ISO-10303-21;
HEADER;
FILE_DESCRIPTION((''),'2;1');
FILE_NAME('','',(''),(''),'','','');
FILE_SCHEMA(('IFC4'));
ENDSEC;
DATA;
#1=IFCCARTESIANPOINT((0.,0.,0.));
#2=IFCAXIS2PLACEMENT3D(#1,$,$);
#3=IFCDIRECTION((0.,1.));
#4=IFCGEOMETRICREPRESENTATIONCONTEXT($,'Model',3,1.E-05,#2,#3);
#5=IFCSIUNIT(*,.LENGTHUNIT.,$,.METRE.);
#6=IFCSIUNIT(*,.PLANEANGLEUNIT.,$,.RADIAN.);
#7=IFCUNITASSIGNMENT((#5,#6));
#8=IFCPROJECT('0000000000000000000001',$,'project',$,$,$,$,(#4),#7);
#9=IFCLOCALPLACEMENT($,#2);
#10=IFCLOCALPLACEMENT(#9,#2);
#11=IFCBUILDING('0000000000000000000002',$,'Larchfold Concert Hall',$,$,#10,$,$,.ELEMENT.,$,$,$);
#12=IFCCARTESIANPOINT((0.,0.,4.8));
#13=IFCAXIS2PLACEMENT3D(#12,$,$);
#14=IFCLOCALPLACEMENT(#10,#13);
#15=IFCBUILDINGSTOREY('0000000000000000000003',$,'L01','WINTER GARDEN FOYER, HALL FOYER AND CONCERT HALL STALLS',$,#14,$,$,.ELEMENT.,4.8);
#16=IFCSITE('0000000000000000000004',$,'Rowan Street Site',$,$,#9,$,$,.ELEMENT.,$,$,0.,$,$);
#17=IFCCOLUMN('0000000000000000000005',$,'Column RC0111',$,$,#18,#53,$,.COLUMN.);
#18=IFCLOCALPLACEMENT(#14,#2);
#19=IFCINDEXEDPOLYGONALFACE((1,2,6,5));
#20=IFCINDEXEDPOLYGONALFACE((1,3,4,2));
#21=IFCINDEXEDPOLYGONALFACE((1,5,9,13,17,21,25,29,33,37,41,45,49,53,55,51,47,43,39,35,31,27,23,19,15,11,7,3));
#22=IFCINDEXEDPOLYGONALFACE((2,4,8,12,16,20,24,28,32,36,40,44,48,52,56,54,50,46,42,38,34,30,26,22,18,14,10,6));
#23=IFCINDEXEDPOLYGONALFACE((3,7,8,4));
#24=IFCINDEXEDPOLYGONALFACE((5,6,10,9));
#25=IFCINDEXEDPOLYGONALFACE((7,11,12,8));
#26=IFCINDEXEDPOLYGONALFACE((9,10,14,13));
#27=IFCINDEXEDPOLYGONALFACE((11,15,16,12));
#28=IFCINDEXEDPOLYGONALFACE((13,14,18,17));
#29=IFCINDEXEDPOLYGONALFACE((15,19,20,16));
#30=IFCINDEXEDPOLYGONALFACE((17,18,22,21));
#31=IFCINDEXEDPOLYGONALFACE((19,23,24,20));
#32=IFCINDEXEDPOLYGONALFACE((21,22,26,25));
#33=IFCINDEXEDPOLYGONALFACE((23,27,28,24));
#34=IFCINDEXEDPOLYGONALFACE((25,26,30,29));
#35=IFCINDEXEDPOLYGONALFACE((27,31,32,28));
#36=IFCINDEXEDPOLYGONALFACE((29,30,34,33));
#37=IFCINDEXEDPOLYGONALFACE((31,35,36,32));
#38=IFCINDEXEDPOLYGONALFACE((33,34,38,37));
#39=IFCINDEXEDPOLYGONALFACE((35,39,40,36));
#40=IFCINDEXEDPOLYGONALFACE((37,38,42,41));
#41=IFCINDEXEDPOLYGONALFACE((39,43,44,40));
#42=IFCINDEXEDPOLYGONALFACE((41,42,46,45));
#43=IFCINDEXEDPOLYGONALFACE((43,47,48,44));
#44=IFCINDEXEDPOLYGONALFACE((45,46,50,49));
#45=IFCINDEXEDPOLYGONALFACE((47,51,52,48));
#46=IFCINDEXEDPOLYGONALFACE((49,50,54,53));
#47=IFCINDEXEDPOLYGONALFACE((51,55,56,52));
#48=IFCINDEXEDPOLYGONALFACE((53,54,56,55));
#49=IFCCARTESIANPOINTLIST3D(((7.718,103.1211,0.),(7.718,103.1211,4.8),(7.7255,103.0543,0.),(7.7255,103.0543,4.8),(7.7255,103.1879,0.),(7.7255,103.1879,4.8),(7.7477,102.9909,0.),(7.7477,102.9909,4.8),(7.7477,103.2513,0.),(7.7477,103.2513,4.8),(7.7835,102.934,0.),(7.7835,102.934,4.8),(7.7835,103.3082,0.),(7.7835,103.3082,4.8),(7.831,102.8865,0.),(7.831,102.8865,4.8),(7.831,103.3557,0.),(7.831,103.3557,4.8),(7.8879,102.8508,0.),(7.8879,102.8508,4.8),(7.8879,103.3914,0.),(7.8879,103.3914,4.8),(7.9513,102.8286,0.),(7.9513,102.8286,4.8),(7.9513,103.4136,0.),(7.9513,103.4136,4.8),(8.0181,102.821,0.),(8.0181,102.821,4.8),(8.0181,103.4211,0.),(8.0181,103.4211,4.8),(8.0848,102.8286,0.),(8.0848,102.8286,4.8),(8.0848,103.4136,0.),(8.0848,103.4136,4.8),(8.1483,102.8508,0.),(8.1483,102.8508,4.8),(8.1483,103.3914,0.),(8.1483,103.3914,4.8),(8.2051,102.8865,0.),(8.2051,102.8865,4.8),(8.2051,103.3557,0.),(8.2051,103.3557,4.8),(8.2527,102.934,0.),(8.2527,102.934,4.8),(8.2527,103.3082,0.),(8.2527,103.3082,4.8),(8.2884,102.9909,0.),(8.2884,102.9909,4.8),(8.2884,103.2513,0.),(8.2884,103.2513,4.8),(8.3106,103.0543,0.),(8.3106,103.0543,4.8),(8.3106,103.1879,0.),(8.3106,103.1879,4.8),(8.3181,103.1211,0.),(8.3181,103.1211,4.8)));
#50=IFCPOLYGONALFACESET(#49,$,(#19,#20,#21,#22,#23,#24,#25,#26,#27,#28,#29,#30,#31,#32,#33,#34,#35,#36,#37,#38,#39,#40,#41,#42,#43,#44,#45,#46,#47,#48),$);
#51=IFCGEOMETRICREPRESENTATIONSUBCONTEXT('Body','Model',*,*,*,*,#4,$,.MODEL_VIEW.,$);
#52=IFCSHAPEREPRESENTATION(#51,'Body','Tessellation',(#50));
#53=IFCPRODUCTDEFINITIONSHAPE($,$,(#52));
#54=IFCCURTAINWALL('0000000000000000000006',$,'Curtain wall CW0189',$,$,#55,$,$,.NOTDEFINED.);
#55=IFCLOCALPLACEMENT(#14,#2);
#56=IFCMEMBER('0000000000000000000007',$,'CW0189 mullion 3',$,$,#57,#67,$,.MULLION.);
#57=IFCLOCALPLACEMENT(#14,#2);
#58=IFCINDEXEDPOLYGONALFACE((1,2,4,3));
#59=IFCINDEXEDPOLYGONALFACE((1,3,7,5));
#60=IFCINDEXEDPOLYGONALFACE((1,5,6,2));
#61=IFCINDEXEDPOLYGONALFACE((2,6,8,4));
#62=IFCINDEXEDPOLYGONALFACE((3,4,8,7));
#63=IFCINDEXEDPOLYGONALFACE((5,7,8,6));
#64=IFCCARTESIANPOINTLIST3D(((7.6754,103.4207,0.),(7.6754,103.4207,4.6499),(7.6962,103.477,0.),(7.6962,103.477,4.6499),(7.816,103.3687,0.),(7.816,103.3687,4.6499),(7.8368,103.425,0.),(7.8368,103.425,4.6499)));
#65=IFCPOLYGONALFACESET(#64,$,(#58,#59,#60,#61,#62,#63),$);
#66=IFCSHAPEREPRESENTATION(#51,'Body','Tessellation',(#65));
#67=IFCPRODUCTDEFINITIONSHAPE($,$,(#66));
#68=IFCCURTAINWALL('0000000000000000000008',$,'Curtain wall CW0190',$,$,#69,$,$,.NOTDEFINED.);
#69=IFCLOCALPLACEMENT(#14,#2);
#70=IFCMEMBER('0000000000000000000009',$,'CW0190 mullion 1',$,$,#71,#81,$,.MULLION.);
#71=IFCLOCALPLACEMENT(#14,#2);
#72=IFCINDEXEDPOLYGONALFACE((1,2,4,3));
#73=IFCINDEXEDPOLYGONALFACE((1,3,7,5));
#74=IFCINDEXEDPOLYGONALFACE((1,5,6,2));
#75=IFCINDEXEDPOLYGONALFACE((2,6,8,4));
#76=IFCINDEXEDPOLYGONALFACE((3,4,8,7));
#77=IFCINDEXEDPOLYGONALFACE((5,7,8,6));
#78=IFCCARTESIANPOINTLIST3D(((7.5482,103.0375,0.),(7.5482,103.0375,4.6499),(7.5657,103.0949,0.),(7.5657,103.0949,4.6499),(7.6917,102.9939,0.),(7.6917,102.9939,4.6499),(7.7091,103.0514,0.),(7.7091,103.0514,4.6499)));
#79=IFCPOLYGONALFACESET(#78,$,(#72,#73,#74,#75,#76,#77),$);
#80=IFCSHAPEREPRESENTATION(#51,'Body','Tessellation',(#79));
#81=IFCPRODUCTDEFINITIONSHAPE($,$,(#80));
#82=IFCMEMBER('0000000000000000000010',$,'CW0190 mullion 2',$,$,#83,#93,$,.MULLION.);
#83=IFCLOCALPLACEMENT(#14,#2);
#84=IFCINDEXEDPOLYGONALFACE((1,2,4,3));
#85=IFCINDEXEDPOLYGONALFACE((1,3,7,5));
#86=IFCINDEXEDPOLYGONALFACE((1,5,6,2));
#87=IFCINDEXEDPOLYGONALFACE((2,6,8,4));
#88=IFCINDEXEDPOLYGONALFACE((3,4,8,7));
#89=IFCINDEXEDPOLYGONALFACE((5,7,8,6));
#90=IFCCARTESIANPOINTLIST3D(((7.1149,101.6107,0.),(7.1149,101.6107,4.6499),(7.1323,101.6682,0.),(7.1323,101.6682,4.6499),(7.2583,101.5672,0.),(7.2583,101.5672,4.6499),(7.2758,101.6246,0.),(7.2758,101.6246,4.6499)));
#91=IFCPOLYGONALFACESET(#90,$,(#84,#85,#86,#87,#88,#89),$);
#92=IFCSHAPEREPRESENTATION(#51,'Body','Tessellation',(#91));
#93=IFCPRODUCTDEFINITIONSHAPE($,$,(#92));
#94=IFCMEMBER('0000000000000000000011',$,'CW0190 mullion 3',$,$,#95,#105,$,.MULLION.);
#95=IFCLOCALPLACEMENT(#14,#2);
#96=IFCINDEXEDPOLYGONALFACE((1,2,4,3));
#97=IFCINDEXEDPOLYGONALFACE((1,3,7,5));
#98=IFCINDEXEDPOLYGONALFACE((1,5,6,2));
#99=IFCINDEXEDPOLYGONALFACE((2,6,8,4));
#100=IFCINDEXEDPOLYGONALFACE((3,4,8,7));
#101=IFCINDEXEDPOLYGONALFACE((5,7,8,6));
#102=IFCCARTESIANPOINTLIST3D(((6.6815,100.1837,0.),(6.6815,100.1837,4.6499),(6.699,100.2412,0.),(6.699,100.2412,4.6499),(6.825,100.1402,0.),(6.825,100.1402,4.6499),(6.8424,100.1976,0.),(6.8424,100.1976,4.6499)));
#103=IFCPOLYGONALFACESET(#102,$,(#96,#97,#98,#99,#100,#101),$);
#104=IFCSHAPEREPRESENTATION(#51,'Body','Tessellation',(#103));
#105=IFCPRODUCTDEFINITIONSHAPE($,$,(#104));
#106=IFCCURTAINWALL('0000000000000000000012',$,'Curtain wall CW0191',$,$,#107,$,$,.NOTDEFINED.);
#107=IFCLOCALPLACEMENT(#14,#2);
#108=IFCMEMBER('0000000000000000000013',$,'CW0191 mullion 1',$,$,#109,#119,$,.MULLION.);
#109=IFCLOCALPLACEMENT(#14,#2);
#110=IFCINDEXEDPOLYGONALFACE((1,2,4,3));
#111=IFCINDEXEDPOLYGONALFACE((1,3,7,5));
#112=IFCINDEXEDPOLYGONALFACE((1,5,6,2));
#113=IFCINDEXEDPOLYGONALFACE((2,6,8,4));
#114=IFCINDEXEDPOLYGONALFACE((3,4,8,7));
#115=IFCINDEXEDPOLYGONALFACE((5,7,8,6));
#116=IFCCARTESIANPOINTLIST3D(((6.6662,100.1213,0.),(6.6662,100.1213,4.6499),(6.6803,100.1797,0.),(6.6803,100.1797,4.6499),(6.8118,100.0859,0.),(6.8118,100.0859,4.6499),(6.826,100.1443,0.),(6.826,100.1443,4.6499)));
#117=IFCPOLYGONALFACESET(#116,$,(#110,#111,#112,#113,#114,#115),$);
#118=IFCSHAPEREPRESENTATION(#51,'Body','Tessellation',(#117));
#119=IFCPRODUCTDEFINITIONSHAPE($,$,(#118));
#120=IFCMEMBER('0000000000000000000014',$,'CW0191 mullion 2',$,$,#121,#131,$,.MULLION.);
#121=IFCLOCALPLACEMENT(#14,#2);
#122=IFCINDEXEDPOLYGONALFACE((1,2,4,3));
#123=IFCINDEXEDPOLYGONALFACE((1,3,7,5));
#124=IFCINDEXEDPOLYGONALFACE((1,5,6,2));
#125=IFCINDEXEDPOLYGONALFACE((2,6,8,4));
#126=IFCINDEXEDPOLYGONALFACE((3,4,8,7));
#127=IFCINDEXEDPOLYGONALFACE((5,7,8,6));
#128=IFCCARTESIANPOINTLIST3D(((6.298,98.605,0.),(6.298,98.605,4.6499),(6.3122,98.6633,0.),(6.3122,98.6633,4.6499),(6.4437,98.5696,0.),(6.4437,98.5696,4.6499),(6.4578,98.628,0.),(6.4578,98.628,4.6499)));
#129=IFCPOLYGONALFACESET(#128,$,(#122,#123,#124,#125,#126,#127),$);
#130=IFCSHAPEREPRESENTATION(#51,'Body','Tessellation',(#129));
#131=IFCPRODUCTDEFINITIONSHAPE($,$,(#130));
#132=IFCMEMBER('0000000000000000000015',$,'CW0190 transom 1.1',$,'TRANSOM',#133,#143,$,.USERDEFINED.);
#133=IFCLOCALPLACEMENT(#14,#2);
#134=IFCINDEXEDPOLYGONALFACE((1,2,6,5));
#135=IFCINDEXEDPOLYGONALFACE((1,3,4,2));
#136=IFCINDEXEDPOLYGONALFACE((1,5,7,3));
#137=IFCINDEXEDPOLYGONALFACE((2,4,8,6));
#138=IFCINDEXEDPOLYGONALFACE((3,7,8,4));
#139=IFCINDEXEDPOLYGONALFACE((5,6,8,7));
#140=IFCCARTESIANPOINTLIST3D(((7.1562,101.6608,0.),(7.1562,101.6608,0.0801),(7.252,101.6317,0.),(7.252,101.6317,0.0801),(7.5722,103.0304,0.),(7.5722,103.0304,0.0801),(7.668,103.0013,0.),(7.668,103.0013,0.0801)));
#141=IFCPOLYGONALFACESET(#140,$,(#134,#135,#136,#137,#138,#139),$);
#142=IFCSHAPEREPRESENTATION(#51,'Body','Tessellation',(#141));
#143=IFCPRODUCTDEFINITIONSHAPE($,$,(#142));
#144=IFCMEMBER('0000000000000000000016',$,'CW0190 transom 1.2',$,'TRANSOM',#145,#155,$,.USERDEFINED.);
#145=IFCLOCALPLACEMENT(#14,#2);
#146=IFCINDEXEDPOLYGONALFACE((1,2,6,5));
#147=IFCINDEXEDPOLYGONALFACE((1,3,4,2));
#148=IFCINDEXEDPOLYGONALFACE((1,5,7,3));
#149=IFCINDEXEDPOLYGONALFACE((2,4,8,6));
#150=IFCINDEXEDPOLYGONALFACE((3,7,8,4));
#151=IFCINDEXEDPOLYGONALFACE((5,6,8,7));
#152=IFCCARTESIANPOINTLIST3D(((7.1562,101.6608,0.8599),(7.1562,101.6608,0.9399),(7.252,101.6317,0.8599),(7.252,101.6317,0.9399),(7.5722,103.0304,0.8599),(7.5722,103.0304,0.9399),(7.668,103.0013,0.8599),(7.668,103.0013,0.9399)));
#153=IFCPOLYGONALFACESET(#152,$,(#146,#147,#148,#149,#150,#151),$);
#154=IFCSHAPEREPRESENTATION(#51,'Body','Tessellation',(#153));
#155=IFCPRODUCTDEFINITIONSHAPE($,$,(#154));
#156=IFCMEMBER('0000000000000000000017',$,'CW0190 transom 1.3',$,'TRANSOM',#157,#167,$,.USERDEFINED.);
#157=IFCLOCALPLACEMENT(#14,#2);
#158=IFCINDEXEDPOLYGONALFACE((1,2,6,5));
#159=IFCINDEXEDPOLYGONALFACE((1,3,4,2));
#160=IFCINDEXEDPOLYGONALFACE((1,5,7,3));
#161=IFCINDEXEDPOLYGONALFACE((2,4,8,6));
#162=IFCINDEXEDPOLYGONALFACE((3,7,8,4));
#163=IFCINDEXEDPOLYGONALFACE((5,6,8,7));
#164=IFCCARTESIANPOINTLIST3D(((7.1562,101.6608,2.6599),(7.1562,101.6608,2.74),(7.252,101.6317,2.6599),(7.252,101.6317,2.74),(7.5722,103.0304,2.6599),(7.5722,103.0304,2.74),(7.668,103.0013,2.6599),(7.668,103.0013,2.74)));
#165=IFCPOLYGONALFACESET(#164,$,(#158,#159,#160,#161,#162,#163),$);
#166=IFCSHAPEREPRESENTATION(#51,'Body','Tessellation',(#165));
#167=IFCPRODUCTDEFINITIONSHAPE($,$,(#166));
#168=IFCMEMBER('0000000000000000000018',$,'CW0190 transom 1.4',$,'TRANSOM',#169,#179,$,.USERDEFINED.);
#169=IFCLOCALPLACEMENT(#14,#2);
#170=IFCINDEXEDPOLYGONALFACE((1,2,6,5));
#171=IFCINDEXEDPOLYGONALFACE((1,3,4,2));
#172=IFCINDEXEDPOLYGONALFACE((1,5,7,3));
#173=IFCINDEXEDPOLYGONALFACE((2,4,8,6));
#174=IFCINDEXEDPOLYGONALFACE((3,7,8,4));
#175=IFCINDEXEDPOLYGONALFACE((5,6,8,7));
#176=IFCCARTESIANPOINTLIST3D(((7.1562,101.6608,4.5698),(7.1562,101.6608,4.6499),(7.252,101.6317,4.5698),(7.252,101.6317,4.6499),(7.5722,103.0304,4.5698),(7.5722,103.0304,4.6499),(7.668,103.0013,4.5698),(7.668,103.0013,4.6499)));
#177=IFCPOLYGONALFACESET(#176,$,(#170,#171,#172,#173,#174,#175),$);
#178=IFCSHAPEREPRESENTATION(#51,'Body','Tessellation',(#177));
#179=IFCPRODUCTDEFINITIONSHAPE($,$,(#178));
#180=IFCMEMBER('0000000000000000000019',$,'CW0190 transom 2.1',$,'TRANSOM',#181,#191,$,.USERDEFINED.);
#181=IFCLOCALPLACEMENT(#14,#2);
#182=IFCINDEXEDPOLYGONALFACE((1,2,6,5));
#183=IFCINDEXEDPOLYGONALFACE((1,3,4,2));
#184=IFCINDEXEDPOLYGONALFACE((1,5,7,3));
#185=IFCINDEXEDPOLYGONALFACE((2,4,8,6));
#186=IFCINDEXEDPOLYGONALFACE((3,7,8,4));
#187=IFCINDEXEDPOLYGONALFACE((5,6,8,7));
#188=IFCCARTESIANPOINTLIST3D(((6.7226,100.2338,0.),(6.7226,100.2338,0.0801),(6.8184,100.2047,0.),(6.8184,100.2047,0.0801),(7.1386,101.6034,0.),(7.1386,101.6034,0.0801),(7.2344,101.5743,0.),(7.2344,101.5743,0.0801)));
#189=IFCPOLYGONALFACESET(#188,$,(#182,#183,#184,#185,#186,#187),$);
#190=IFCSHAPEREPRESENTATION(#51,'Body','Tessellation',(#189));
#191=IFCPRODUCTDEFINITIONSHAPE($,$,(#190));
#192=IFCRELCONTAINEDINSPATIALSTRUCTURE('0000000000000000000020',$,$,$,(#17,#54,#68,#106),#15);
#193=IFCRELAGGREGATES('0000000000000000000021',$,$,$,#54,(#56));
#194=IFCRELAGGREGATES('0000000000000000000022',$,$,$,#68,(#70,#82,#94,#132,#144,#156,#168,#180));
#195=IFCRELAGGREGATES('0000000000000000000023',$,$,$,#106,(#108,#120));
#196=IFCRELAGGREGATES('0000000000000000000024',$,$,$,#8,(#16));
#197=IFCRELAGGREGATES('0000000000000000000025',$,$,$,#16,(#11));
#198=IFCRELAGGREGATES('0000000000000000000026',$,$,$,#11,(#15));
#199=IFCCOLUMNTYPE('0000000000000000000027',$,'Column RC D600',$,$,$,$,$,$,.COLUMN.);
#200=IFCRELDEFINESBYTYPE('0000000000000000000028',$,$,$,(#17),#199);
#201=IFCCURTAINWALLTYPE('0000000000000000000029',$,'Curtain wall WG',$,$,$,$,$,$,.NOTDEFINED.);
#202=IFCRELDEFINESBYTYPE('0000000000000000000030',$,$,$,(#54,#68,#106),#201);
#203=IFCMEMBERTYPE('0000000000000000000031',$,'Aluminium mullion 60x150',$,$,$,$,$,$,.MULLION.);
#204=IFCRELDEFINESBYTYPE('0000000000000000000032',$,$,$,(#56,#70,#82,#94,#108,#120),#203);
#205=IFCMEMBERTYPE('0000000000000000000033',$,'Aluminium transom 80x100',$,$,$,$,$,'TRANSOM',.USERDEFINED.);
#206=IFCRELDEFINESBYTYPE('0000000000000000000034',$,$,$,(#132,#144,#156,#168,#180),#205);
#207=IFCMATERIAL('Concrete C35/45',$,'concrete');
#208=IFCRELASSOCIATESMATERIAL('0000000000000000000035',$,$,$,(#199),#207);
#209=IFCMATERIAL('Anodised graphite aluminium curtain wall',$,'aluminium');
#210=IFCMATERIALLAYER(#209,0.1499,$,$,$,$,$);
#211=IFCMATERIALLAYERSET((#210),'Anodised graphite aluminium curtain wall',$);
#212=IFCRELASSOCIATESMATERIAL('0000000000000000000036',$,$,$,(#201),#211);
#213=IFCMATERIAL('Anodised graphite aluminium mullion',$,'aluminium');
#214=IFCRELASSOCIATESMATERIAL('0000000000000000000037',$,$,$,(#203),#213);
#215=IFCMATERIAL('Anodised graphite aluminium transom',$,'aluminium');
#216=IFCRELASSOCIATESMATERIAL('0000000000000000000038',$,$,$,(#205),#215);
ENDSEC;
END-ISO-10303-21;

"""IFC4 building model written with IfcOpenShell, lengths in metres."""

from ifc_helpers import new_model, si_unit, direction, frame, origin, origin_2d, place, context, subcontext, project, spatial, rectangle, circle, extrude, material, layer, layer_set, material_profile, profile_set, type_object, element, aggregate, save


model = new_model("IFC4")

# Units and contexts
model_context = context("Model", 3, precision=1e-05, world=origin(), true_north=direction((0.0, 1.0)))
body_context = subcontext(model_context, "Body", "Model", "MODEL_VIEW")
ifc_project = project(units=[si_unit("LENGTHUNIT", "METRE"), si_unit("PLANEANGLEUNIT", "RADIAN")], contexts=[model_context])

# Site, building, storey
site_placement = place(None, origin())
site = spatial("IfcSite", under=ifc_project, at=site_placement, Name="Rowan Street Site", CompositionType="ELEMENT", RefElevation=0.0)
building_placement = place(site_placement, origin())
building = spatial("IfcBuilding", under=site, at=building_placement, Name="Larchfold Concert Hall", CompositionType="ELEMENT")
storey_placement = place(building_placement, frame((0.0, 0.0, 4.8)))
storey = spatial("IfcBuildingStorey", under=building, at=storey_placement, Name="L01", Description="WINTER GARDEN FOYER, HALL FOYER AND CONCERT HALL STALLS", CompositionType="ELEMENT", Elevation=4.8)

# Column
ifc_material_1 = material(Name="Concrete C35/45", Category="concrete")
ifc_material_profile_1 = material_profile(ifc_material_1, circle(Radius=0.3, at=origin_2d()))
ifc_profile_set_1 = profile_set([ifc_material_profile_1], Name="Concrete C35/45")
column_type = type_object("IfcColumnType", Name="Column RC D600", PredefinedType="COLUMN", material=ifc_profile_set_1)
column_placement = place(storey_placement, frame((8.0181, 103.1211, 0.0), z_axis=(0.0, 0.0, 1.0), x_axis=(1.0, 0.0, 0.0)))
element("IfcColumn", 1, at=column_placement, inside=storey, type_object=column_type, Name="Column RC0111", PredefinedType="COLUMN", context=body_context, shape_type="SweptSolid", body=[
    extrude(circle(Radius=0.3, at=origin_2d()), origin(), (0.0, 0.0, 1.0), 4.8),
])

# Curtain wall, member
ifc_material_2 = material(Name="Anodised graphite aluminium curtain wall", Category="aluminium")
ifc_layer_1 = layer(ifc_material_2, 0.1499)
ifc_layer_set_1 = layer_set([ifc_layer_1], Name="Anodised graphite aluminium curtain wall")
curtain_wall_type = type_object("IfcCurtainWallType", Name="Curtain wall WG", PredefinedType="NOTDEFINED", material=ifc_layer_set_1)
curtain_wall_1_placement = place(storey_placement, origin())
curtain_wall_1 = element("IfcCurtainWall", 2, at=curtain_wall_1_placement, inside=storey, type_object=curtain_wall_type, Name="Curtain wall CW0189", PredefinedType="NOTDEFINED")
ifc_material_3 = material(Name="Anodised graphite aluminium mullion", Category="aluminium")
ifc_material_profile_2 = material_profile(ifc_material_3, rectangle(XDim=0.1499, YDim=0.0601, at=origin_2d()))
ifc_profile_set_2 = profile_set([ifc_material_profile_2], Name="Anodised graphite aluminium mullion")
member_type_1 = type_object("IfcMemberType", Name="Aluminium mullion 60x150", PredefinedType="MULLION", material=ifc_profile_set_2)
member_1_placement = place(storey_placement, frame((7.7561, 103.4229, 0.0), z_axis=(0.0, 0.0, 1.0), x_axis=(0.938016, -0.346592, 0.0)))
member_1 = element("IfcMember", 3, at=member_1_placement, type_object=member_type_1, Name="CW0189 mullion 3", PredefinedType="MULLION", context=body_context, shape_type="SweptSolid", body=[
    extrude(rectangle(XDim=0.1499, YDim=0.0601, at=origin_2d()), origin(), (0.0, 0.0, 1.0), 4.6499),
])
aggregate(curtain_wall_1, [member_1])

# Curtain walls, members
curtain_wall_2_placement = place(storey_placement, origin())
curtain_wall_2 = element("IfcCurtainWall", 4, at=curtain_wall_2_placement, inside=storey, type_object=curtain_wall_type, Name="Curtain wall CW0190", PredefinedType="NOTDEFINED")
member_2_placement = place(storey_placement, frame((7.6287, 103.0444, 0.0), z_axis=(0.0, 0.0, 1.0), x_axis=(0.956838, -0.290622, 0.0)))
member_2 = element("IfcMember", 5, at=member_2_placement, type_object=member_type_1, Name="CW0190 mullion 1", PredefinedType="MULLION", context=body_context, shape_type="SweptSolid", body=[
    extrude(rectangle(XDim=0.1499, YDim=0.0601, at=origin_2d()), origin(), (0.0, 0.0, 1.0), 4.6499),
])
member_3_placement = place(storey_placement, frame((7.1953, 101.6177, 0.0), z_axis=(0.0, 0.0, 1.0), x_axis=(0.956838, -0.290622, 0.0)))
member_3 = element("IfcMember", 6, at=member_3_placement, type_object=member_type_1, Name="CW0190 mullion 2", PredefinedType="MULLION", context=body_context, shape_type="SweptSolid", body=[
    extrude(rectangle(XDim=0.1499, YDim=0.0601, at=origin_2d()), origin(), (0.0, 0.0, 1.0), 4.6499),
])
member_4_placement = place(storey_placement, frame((6.762, 100.1907, 0.0), z_axis=(0.0, 0.0, 1.0), x_axis=(0.956838, -0.290622, 0.0)))
member_4 = element("IfcMember", 7, at=member_4_placement, type_object=member_type_1, Name="CW0190 mullion 3", PredefinedType="MULLION", context=body_context, shape_type="SweptSolid", body=[
    extrude(rectangle(XDim=0.1499, YDim=0.0601, at=origin_2d()), origin(), (0.0, 0.0, 1.0), 4.6499),
])
curtain_wall_3_placement = place(storey_placement, origin())
curtain_wall_3 = element("IfcCurtainWall", 8, at=curtain_wall_3_placement, inside=storey, type_object=curtain_wall_type, Name="Curtain wall CW0191", PredefinedType="NOTDEFINED")
member_5_placement = place(storey_placement, frame((6.7461, 100.1328, 0.0), z_axis=(0.0, 0.0, 1.0), x_axis=(0.971768, -0.235938, 0.0)))
member_5 = element("IfcMember", 9, at=member_5_placement, type_object=member_type_1, Name="CW0191 mullion 1", PredefinedType="MULLION", context=body_context, shape_type="SweptSolid", body=[
    extrude(rectangle(XDim=0.1499, YDim=0.0601, at=origin_2d()), origin(), (0.0, 0.0, 1.0), 4.6499),
])
member_6_placement = place(storey_placement, frame((6.3779, 98.6165, 0.0), z_axis=(0.0, 0.0, 1.0), x_axis=(0.971768, -0.235938, 0.0)))
member_6 = element("IfcMember", 10, at=member_6_placement, type_object=member_type_1, Name="CW0191 mullion 2", PredefinedType="MULLION", context=body_context, shape_type="SweptSolid", body=[
    extrude(rectangle(XDim=0.1499, YDim=0.0601, at=origin_2d()), origin(), (0.0, 0.0, 1.0), 4.6499),
])

# Members
ifc_material_4 = material(Name="Anodised graphite aluminium transom", Category="aluminium")
ifc_material_profile_3 = material_profile(ifc_material_4, rectangle(XDim=0.1001, YDim=0.0801, at=origin_2d()))
ifc_profile_set_3 = profile_set([ifc_material_profile_3], Name="Anodised graphite aluminium transom")
member_type_2 = type_object("IfcMemberType", Name="Aluminium transom 80x100", ElementType="TRANSOM", PredefinedType="USERDEFINED", material=ifc_profile_set_3)
member_7_placement = place(storey_placement, frame((7.6201, 103.0159, 0.04), z_axis=(-0.290632, -0.956835, 0.0), x_axis=(0.956835, -0.290632, 0.0)))
member_7 = element("IfcMember", 11, at=member_7_placement, type_object=member_type_2, Name="CW0190 transom 1.1", ObjectType="TRANSOM", PredefinedType="USERDEFINED", context=body_context, shape_type="SweptSolid", body=[
    extrude(rectangle(XDim=0.1001, YDim=0.0801, at=origin_2d()), origin(), (0.0, 0.0, 1.0), 1.4314),
])
member_8_placement = place(storey_placement, frame((7.6201, 103.0159, 0.8999), z_axis=(-0.290632, -0.956835, 0.0), x_axis=(0.956835, -0.290632, 0.0)))
member_8 = element("IfcMember", 12, at=member_8_placement, type_object=member_type_2, Name="CW0190 transom 1.2", ObjectType="TRANSOM", PredefinedType="USERDEFINED", context=body_context, shape_type="SweptSolid", body=[
    extrude(rectangle(XDim=0.1001, YDim=0.0801, at=origin_2d()), origin(), (0.0, 0.0, 1.0), 1.4314),
])
member_9_placement = place(storey_placement, frame((7.6201, 103.0159, 2.7), z_axis=(-0.290632, -0.956835, 0.0), x_axis=(0.956835, -0.290632, 0.0)))
member_9 = element("IfcMember", 13, at=member_9_placement, type_object=member_type_2, Name="CW0190 transom 1.3", ObjectType="TRANSOM", PredefinedType="USERDEFINED", context=body_context, shape_type="SweptSolid", body=[
    extrude(rectangle(XDim=0.1001, YDim=0.0801, at=origin_2d()), origin(), (0.0, 0.0, 1.0), 1.4314),
])
member_10_placement = place(storey_placement, frame((7.6201, 103.0159, 4.6099), z_axis=(-0.290632, -0.956835, 0.0), x_axis=(0.956835, -0.290632, 0.0)))
member_10 = element("IfcMember", 14, at=member_10_placement, type_object=member_type_2, Name="CW0190 transom 1.4", ObjectType="TRANSOM", PredefinedType="USERDEFINED", context=body_context, shape_type="SweptSolid", body=[
    extrude(rectangle(XDim=0.1001, YDim=0.0801, at=origin_2d()), origin(), (0.0, 0.0, 1.0), 1.4314),
])
member_11_placement = place(storey_placement, frame((7.1865, 101.5889, 0.04), z_axis=(-0.290632, -0.956835, 0.0), x_axis=(0.956835, -0.290632, 0.0)))
member_11 = element("IfcMember", 15, at=member_11_placement, type_object=member_type_2, Name="CW0190 transom 2.1", ObjectType="TRANSOM", PredefinedType="USERDEFINED", context=body_context, shape_type="SweptSolid", body=[
    extrude(rectangle(XDim=0.1001, YDim=0.0801, at=origin_2d()), origin(), (0.0, 0.0, 1.0), 1.4314),
])

aggregate(curtain_wall_2, [member_2, member_3, member_4, member_7, member_8, member_9, member_10, member_11])
aggregate(curtain_wall_3, [member_5, member_6])

save(model, "model.ifc")
